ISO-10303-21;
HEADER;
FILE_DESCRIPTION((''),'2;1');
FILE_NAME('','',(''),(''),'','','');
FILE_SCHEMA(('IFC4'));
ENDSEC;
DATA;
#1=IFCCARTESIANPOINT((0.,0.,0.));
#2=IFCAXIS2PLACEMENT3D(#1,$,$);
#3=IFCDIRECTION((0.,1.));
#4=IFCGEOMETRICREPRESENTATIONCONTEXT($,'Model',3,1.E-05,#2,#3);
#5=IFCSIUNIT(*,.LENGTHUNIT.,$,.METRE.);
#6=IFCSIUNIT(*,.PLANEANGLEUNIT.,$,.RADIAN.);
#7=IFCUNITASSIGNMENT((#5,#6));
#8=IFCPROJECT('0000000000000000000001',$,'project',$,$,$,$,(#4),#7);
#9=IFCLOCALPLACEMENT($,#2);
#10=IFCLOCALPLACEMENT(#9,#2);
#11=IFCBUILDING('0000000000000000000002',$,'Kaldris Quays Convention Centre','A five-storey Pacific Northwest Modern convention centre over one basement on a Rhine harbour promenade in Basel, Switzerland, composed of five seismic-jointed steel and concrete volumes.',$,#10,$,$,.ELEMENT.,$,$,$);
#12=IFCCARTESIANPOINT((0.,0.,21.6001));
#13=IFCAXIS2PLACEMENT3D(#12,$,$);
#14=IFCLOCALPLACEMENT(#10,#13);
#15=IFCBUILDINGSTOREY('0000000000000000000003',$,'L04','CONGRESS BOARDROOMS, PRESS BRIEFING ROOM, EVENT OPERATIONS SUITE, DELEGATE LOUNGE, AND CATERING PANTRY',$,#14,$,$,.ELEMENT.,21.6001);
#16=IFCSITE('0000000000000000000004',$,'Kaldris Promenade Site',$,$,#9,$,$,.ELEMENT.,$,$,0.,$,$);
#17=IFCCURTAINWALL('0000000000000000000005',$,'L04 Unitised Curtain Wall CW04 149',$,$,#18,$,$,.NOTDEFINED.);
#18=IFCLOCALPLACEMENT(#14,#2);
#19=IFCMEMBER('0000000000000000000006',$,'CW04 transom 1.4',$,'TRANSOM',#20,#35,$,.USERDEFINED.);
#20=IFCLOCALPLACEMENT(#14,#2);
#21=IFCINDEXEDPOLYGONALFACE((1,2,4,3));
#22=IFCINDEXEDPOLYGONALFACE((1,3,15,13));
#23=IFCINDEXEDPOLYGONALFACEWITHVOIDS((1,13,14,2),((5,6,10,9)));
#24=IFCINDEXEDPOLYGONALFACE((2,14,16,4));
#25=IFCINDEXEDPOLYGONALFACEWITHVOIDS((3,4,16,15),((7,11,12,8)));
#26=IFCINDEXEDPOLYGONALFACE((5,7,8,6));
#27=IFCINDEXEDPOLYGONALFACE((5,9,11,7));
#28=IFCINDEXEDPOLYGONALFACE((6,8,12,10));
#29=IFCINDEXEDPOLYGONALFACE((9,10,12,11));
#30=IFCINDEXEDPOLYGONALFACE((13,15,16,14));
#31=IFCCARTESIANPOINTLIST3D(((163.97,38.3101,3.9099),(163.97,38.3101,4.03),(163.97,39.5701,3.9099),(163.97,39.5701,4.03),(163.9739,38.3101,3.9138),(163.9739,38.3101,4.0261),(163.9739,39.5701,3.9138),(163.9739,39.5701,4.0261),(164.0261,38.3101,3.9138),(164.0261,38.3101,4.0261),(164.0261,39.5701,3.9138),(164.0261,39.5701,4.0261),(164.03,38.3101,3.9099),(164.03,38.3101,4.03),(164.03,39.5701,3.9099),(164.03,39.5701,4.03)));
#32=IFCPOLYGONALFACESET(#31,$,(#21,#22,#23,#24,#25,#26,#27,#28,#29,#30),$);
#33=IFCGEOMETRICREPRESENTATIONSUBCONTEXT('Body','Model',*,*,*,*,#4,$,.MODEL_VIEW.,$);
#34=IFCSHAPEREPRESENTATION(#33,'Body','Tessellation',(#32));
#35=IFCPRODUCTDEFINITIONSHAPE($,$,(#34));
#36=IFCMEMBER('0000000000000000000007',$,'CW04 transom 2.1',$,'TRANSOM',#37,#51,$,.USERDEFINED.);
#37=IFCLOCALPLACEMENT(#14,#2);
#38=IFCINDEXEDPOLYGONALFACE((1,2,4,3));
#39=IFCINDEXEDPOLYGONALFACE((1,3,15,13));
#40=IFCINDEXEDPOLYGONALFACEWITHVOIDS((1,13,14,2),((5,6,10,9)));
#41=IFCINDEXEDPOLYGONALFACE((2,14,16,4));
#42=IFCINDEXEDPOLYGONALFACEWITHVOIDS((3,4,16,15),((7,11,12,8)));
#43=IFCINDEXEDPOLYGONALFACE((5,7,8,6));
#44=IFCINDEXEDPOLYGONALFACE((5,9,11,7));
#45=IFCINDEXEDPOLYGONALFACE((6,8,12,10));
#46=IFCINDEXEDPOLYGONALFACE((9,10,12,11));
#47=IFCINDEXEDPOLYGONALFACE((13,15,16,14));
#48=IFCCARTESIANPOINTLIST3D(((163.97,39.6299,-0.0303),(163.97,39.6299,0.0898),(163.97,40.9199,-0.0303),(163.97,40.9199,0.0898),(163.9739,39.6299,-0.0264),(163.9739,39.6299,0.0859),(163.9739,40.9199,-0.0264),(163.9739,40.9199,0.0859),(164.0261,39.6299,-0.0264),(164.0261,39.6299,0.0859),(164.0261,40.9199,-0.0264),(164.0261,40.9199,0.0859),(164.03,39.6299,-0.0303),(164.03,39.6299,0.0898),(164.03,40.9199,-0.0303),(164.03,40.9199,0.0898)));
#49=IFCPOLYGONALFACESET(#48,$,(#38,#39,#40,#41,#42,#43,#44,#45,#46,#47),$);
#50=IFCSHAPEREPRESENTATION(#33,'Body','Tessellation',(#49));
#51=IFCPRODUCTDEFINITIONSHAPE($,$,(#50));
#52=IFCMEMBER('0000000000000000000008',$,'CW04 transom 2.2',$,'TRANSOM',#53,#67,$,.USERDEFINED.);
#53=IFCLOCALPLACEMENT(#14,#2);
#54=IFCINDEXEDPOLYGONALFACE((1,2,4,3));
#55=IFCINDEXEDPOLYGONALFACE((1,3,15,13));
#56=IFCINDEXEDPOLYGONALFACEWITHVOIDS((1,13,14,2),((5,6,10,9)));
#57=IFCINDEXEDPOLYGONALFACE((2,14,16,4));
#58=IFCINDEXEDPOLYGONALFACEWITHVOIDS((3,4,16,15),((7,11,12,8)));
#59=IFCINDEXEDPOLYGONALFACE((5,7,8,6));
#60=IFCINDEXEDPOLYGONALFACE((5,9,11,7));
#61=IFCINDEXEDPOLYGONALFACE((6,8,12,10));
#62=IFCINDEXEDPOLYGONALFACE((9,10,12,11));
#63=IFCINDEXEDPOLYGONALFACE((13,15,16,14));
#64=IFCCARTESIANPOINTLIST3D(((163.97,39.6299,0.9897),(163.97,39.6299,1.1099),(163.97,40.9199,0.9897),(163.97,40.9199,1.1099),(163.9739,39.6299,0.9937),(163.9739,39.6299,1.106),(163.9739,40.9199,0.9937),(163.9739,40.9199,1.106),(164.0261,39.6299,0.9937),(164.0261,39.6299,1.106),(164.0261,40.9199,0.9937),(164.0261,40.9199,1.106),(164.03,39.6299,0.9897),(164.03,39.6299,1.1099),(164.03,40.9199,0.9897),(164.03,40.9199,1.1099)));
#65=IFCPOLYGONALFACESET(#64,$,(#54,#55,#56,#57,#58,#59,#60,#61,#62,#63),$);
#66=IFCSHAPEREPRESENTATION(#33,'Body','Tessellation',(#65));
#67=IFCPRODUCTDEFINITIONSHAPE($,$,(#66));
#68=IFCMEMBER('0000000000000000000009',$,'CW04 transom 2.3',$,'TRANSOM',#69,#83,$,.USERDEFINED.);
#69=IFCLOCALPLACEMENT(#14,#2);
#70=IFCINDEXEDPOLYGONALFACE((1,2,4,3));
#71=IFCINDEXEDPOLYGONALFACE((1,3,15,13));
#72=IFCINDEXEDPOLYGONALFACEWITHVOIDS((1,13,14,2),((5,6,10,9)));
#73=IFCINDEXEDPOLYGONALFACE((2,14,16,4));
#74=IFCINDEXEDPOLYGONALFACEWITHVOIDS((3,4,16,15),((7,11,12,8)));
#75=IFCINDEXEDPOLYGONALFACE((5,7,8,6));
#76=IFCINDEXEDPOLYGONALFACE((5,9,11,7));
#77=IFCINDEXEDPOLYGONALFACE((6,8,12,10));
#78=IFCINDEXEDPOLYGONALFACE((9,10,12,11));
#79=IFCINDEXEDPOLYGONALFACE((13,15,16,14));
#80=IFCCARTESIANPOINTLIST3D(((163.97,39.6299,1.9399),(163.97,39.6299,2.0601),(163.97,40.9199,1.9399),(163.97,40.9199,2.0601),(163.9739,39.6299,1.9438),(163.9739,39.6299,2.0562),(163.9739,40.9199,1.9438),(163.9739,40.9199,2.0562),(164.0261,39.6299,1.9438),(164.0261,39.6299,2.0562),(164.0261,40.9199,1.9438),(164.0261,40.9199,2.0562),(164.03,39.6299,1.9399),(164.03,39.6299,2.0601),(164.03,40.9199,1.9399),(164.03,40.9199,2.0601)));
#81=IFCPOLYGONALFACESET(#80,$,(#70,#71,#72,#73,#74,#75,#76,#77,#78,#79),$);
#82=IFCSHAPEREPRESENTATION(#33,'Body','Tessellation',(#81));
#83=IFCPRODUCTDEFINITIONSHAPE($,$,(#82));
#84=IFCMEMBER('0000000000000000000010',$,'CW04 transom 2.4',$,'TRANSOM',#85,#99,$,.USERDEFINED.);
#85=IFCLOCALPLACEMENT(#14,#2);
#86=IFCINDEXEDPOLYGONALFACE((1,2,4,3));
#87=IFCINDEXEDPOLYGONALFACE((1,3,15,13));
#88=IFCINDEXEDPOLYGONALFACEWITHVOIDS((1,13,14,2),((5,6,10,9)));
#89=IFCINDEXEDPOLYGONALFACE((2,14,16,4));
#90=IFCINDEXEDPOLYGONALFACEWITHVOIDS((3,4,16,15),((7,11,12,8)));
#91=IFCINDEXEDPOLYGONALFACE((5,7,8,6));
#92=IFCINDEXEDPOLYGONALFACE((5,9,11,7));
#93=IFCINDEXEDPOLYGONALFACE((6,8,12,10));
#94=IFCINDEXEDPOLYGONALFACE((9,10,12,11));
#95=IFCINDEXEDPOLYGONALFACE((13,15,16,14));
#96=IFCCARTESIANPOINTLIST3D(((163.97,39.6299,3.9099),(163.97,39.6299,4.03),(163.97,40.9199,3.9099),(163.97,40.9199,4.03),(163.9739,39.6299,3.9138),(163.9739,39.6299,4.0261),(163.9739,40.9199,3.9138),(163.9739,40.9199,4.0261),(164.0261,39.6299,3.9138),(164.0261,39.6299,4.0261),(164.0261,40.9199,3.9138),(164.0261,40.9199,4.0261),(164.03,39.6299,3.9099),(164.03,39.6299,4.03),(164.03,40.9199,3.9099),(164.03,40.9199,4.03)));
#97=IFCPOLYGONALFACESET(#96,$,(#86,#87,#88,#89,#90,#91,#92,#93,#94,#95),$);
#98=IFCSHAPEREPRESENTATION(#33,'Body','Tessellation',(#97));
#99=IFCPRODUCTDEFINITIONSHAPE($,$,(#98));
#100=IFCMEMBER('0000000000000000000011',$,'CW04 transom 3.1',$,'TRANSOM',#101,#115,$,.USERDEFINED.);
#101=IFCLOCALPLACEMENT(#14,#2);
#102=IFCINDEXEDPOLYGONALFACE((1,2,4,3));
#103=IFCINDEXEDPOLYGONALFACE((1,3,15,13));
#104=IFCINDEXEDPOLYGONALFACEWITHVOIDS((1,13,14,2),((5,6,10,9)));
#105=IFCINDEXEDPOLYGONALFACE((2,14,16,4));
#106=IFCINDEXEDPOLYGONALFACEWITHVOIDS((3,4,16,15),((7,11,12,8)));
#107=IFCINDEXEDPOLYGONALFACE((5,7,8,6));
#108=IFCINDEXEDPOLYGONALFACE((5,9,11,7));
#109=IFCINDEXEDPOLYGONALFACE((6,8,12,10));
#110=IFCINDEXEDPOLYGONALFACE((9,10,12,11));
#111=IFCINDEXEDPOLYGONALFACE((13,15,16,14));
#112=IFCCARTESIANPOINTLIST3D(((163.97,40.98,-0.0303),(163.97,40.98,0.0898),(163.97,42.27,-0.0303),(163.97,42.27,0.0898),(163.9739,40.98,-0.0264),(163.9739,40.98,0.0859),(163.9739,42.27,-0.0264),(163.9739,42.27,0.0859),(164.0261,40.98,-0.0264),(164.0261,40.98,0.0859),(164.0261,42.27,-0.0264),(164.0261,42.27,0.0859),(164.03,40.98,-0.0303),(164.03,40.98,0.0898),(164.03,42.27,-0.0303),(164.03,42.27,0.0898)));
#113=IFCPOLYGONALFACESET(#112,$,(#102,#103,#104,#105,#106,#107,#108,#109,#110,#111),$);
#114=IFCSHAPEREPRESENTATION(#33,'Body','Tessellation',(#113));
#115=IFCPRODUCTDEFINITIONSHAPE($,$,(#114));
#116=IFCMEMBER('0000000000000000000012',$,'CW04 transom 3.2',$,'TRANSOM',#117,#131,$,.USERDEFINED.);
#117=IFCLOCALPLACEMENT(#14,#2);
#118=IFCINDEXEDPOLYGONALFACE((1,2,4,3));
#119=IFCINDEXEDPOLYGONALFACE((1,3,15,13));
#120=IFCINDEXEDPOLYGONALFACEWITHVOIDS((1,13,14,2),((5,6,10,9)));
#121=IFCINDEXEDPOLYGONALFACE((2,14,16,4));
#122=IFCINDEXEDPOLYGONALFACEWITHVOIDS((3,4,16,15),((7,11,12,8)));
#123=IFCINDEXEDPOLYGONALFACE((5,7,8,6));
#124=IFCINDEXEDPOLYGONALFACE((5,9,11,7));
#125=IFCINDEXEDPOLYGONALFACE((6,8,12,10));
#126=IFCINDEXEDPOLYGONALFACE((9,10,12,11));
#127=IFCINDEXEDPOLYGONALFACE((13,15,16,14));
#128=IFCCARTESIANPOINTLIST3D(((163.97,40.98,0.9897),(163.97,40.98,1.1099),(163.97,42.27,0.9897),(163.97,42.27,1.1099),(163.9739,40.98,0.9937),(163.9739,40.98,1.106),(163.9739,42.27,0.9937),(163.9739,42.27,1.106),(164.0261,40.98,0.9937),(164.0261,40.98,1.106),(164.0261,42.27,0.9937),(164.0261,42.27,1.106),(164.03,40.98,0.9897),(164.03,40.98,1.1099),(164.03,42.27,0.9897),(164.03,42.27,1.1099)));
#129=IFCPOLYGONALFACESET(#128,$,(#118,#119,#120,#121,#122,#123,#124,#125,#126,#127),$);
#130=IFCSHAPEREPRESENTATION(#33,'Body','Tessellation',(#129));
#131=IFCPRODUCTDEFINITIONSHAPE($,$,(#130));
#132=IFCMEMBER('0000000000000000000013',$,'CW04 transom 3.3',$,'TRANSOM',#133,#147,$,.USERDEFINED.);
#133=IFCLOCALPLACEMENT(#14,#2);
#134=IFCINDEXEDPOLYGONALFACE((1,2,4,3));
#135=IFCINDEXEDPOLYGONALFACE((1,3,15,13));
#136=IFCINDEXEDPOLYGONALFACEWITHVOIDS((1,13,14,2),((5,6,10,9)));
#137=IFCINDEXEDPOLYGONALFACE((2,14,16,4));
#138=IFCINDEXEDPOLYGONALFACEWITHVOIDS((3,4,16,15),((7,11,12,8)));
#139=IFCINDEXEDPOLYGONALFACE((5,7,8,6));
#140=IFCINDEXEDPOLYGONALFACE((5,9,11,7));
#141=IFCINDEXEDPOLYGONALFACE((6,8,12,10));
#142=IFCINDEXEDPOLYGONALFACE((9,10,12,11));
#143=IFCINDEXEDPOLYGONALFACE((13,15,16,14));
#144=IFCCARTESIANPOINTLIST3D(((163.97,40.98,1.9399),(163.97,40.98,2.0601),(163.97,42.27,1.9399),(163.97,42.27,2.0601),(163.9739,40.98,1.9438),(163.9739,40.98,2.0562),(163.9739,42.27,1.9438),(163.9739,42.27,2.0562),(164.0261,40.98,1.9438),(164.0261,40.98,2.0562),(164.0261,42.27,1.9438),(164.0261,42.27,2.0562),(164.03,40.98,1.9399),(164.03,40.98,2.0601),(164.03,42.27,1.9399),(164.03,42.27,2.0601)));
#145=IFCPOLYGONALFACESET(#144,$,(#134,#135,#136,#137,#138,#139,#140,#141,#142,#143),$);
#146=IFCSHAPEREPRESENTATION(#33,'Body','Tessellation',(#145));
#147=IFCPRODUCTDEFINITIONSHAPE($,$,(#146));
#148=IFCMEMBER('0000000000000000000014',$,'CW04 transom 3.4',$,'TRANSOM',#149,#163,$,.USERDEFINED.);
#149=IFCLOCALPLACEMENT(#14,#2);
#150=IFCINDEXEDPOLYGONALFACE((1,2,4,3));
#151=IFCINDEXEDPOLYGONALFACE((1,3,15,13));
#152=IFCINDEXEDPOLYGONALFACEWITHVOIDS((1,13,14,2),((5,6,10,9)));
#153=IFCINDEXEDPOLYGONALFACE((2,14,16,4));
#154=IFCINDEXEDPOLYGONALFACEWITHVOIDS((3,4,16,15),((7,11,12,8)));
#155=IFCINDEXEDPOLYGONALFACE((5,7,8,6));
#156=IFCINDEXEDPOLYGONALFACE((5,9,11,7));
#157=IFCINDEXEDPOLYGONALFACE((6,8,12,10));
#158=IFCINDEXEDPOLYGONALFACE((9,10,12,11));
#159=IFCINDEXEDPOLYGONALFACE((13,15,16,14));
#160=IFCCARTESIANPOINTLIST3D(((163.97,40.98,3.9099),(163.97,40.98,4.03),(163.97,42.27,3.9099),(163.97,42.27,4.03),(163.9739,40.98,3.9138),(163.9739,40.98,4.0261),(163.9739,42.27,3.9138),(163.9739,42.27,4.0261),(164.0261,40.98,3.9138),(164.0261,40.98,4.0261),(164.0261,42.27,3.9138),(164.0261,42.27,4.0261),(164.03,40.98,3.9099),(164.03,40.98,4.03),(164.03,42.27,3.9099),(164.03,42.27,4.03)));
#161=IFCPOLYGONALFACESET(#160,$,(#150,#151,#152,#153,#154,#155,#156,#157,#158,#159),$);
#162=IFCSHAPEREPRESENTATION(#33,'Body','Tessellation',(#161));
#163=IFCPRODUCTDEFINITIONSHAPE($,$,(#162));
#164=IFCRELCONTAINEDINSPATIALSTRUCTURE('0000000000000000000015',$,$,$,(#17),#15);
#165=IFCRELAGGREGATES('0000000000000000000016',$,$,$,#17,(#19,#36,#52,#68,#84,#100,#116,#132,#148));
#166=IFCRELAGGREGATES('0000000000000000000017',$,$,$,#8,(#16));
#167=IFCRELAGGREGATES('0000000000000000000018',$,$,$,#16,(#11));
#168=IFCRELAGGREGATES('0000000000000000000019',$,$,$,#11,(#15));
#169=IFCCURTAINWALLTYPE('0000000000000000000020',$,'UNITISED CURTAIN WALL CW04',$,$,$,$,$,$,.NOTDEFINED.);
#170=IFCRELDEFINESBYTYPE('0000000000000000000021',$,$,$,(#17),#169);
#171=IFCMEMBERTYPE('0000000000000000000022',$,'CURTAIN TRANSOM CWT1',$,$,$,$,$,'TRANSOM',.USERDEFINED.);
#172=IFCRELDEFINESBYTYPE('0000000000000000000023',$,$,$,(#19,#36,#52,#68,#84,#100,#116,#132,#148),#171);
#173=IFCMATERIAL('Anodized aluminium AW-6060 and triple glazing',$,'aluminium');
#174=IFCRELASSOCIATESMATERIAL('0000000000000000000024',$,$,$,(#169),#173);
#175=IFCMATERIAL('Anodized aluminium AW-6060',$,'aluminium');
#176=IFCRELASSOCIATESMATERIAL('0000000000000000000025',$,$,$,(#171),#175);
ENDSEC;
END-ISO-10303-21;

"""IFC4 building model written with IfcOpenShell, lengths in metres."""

from ifc_helpers import new_model, si_unit, direction, frame, origin, origin_2d, place, context, subcontext, project, spatial, hollow_rectangle, extrude, material, material_profile, profile_set, type_object, element, aggregate, save


model = new_model("IFC4")

# Units and contexts
model_context = context("Model", 3, precision=1e-05, world=origin(), true_north=direction((0.0, 1.0)))
body_context = subcontext(model_context, "Body", "Model", "MODEL_VIEW")
ifc_project = project(units=[si_unit("LENGTHUNIT", "METRE"), si_unit("PLANEANGLEUNIT", "RADIAN")], contexts=[model_context])

# Site, building, storey
site_placement = place(None, origin())
site = spatial("IfcSite", under=ifc_project, at=site_placement, Name="Kaldris Promenade Site", CompositionType="ELEMENT", RefElevation=0.0)
building_placement = place(site_placement, origin())
building = spatial("IfcBuilding", under=site, at=building_placement, Name="Kaldris Quays Convention Centre", Description="A five-storey Pacific Northwest Modern convention centre over one basement on a Rhine harbour promenade in Basel, Switzerland, composed of five seismic-jointed steel and concrete volumes.", CompositionType="ELEMENT")
storey_placement = place(building_placement, frame((0.0, 0.0, 21.6001)))
storey = spatial("IfcBuildingStorey", under=building, at=storey_placement, Name="L04", Description="CONGRESS BOARDROOMS, PRESS BRIEFING ROOM, EVENT OPERATIONS SUITE, DELEGATE LOUNGE, AND CATERING PANTRY", CompositionType="ELEMENT", Elevation=21.6001)

# Curtain wall
ifc_material_1 = material(Name="Anodized aluminium AW-6060 and triple glazing", Category="aluminium")
curtain_wall_type_1 = type_object("IfcCurtainWallType", Name="UNITISED CURTAIN WALL CW04", PredefinedType="NOTDEFINED", material=ifc_material_1)
curtain_wall_1_placement = place(storey_placement, origin())
curtain_wall_1 = element("IfcCurtainWall", 1, at=curtain_wall_1_placement, inside=storey, type_object=curtain_wall_type_1, Name="L04 Unitised Curtain Wall CW04 149", PredefinedType="NOTDEFINED")
ifc_material_2 = material(Name="Anodized aluminium AW-6060", Category="aluminium")

# Members
ifc_material_profile_1 = material_profile(ifc_material_2, hollow_rectangle(XDim=0.0601, YDim=0.1201, WallThickness=0.0039, at=origin_2d()), Name="RHS 120x60x4")
ifc_profile_set_1 = profile_set([ifc_material_profile_1], Name="Anodized aluminium AW-6060")
member_type_1 = type_object("IfcMemberType", Name="CURTAIN TRANSOM CWT1", ElementType="TRANSOM", PredefinedType="USERDEFINED", material=ifc_profile_set_1)
member_1_placement = place(storey_placement, frame((164.0, 38.3101, 3.97), z_axis=(0.0, 1.0, 0.0), x_axis=(-1.0, 0.0, 0.0)))
member_1 = element("IfcMember", 2, at=member_1_placement, type_object=member_type_1, Name="CW04 transom 1.4", ObjectType="TRANSOM", PredefinedType="USERDEFINED", context=body_context, shape_type="SweptSolid", body=[
    extrude(hollow_rectangle(XDim=0.0601, YDim=0.1201, WallThickness=0.0039, at=origin_2d()), origin(), (0.0, 0.0, 1.0), 1.26),
])
member_2_placement = place(storey_placement, frame((164.0, 39.6299, 0.0298), z_axis=(0.0, 1.0, 0.0), x_axis=(-1.0, 0.0, 0.0)))
member_2 = element("IfcMember", 3, at=member_2_placement, type_object=member_type_1, Name="CW04 transom 2.1", ObjectType="TRANSOM", PredefinedType="USERDEFINED", context=body_context, shape_type="SweptSolid", body=[
    extrude(hollow_rectangle(XDim=0.0601, YDim=0.1201, WallThickness=0.0039, at=origin_2d()), origin(), (0.0, 0.0, 1.0), 1.29),
])
member_3_placement = place(storey_placement, frame((164.0, 39.6299, 1.0498), z_axis=(0.0, 1.0, 0.0), x_axis=(-1.0, 0.0, 0.0)))
member_3 = element("IfcMember", 4, at=member_3_placement, type_object=member_type_1, Name="CW04 transom 2.2", ObjectType="TRANSOM", PredefinedType="USERDEFINED", context=body_context, shape_type="SweptSolid", body=[
    extrude(hollow_rectangle(XDim=0.0601, YDim=0.1201, WallThickness=0.0039, at=origin_2d()), origin(), (0.0, 0.0, 1.0), 1.29),
])
member_4_placement = place(storey_placement, frame((164.0, 39.6299, 2.0), z_axis=(0.0, 1.0, 0.0), x_axis=(-1.0, 0.0, 0.0)))
member_4 = element("IfcMember", 5, at=member_4_placement, type_object=member_type_1, Name="CW04 transom 2.3", ObjectType="TRANSOM", PredefinedType="USERDEFINED", context=body_context, shape_type="SweptSolid", body=[
    extrude(hollow_rectangle(XDim=0.0601, YDim=0.1201, WallThickness=0.0039, at=origin_2d()), origin(), (0.0, 0.0, 1.0), 1.29),
])
member_5_placement = place(storey_placement, frame((164.0, 39.6299, 3.97), z_axis=(0.0, 1.0, 0.0), x_axis=(-1.0, 0.0, 0.0)))
member_5 = element("IfcMember", 6, at=member_5_placement, type_object=member_type_1, Name="CW04 transom 2.4", ObjectType="TRANSOM", PredefinedType="USERDEFINED", context=body_context, shape_type="SweptSolid", body=[
    extrude(hollow_rectangle(XDim=0.0601, YDim=0.1201, WallThickness=0.0039, at=origin_2d()), origin(), (0.0, 0.0, 1.0), 1.29),
])
member_6_placement = place(storey_placement, frame((164.0, 40.98, 0.0298), z_axis=(0.0, 1.0, 0.0), x_axis=(-1.0, 0.0, 0.0)))
member_6 = element("IfcMember", 7, at=member_6_placement, type_object=member_type_1, Name="CW04 transom 3.1", ObjectType="TRANSOM", PredefinedType="USERDEFINED", context=body_context, shape_type="SweptSolid", body=[
    extrude(hollow_rectangle(XDim=0.0601, YDim=0.1201, WallThickness=0.0039, at=origin_2d()), origin(), (0.0, 0.0, 1.0), 1.29),
])
member_7_placement = place(storey_placement, frame((164.0, 40.98, 1.0498), z_axis=(0.0, 1.0, 0.0), x_axis=(-1.0, 0.0, 0.0)))
member_7 = element("IfcMember", 8, at=member_7_placement, type_object=member_type_1, Name="CW04 transom 3.2", ObjectType="TRANSOM", PredefinedType="USERDEFINED", context=body_context, shape_type="SweptSolid", body=[
    extrude(hollow_rectangle(XDim=0.0601, YDim=0.1201, WallThickness=0.0039, at=origin_2d()), origin(), (0.0, 0.0, 1.0), 1.29),
])
member_8_placement = place(storey_placement, frame((164.0, 40.98, 2.0), z_axis=(0.0, 1.0, 0.0), x_axis=(-1.0, 0.0, 0.0)))
member_8 = element("IfcMember", 9, at=member_8_placement, type_object=member_type_1, Name="CW04 transom 3.3", ObjectType="TRANSOM", PredefinedType="USERDEFINED", context=body_context, shape_type="SweptSolid", body=[
    extrude(hollow_rectangle(XDim=0.0601, YDim=0.1201, WallThickness=0.0039, at=origin_2d()), origin(), (0.0, 0.0, 1.0), 1.29),
])
member_9_placement = place(storey_placement, frame((164.0, 40.98, 3.97), z_axis=(0.0, 1.0, 0.0), x_axis=(-1.0, 0.0, 0.0)))
member_9 = element("IfcMember", 10, at=member_9_placement, type_object=member_type_1, Name="CW04 transom 3.4", ObjectType="TRANSOM", PredefinedType="USERDEFINED", context=body_context, shape_type="SweptSolid", body=[
    extrude(hollow_rectangle(XDim=0.0601, YDim=0.1201, WallThickness=0.0039, at=origin_2d()), origin(), (0.0, 0.0, 1.0), 1.29),
])

aggregate(curtain_wall_1, [member_1, member_2, member_3, member_4, member_5, member_6, member_7, member_8, member_9])

save(model, "model.ifc")
